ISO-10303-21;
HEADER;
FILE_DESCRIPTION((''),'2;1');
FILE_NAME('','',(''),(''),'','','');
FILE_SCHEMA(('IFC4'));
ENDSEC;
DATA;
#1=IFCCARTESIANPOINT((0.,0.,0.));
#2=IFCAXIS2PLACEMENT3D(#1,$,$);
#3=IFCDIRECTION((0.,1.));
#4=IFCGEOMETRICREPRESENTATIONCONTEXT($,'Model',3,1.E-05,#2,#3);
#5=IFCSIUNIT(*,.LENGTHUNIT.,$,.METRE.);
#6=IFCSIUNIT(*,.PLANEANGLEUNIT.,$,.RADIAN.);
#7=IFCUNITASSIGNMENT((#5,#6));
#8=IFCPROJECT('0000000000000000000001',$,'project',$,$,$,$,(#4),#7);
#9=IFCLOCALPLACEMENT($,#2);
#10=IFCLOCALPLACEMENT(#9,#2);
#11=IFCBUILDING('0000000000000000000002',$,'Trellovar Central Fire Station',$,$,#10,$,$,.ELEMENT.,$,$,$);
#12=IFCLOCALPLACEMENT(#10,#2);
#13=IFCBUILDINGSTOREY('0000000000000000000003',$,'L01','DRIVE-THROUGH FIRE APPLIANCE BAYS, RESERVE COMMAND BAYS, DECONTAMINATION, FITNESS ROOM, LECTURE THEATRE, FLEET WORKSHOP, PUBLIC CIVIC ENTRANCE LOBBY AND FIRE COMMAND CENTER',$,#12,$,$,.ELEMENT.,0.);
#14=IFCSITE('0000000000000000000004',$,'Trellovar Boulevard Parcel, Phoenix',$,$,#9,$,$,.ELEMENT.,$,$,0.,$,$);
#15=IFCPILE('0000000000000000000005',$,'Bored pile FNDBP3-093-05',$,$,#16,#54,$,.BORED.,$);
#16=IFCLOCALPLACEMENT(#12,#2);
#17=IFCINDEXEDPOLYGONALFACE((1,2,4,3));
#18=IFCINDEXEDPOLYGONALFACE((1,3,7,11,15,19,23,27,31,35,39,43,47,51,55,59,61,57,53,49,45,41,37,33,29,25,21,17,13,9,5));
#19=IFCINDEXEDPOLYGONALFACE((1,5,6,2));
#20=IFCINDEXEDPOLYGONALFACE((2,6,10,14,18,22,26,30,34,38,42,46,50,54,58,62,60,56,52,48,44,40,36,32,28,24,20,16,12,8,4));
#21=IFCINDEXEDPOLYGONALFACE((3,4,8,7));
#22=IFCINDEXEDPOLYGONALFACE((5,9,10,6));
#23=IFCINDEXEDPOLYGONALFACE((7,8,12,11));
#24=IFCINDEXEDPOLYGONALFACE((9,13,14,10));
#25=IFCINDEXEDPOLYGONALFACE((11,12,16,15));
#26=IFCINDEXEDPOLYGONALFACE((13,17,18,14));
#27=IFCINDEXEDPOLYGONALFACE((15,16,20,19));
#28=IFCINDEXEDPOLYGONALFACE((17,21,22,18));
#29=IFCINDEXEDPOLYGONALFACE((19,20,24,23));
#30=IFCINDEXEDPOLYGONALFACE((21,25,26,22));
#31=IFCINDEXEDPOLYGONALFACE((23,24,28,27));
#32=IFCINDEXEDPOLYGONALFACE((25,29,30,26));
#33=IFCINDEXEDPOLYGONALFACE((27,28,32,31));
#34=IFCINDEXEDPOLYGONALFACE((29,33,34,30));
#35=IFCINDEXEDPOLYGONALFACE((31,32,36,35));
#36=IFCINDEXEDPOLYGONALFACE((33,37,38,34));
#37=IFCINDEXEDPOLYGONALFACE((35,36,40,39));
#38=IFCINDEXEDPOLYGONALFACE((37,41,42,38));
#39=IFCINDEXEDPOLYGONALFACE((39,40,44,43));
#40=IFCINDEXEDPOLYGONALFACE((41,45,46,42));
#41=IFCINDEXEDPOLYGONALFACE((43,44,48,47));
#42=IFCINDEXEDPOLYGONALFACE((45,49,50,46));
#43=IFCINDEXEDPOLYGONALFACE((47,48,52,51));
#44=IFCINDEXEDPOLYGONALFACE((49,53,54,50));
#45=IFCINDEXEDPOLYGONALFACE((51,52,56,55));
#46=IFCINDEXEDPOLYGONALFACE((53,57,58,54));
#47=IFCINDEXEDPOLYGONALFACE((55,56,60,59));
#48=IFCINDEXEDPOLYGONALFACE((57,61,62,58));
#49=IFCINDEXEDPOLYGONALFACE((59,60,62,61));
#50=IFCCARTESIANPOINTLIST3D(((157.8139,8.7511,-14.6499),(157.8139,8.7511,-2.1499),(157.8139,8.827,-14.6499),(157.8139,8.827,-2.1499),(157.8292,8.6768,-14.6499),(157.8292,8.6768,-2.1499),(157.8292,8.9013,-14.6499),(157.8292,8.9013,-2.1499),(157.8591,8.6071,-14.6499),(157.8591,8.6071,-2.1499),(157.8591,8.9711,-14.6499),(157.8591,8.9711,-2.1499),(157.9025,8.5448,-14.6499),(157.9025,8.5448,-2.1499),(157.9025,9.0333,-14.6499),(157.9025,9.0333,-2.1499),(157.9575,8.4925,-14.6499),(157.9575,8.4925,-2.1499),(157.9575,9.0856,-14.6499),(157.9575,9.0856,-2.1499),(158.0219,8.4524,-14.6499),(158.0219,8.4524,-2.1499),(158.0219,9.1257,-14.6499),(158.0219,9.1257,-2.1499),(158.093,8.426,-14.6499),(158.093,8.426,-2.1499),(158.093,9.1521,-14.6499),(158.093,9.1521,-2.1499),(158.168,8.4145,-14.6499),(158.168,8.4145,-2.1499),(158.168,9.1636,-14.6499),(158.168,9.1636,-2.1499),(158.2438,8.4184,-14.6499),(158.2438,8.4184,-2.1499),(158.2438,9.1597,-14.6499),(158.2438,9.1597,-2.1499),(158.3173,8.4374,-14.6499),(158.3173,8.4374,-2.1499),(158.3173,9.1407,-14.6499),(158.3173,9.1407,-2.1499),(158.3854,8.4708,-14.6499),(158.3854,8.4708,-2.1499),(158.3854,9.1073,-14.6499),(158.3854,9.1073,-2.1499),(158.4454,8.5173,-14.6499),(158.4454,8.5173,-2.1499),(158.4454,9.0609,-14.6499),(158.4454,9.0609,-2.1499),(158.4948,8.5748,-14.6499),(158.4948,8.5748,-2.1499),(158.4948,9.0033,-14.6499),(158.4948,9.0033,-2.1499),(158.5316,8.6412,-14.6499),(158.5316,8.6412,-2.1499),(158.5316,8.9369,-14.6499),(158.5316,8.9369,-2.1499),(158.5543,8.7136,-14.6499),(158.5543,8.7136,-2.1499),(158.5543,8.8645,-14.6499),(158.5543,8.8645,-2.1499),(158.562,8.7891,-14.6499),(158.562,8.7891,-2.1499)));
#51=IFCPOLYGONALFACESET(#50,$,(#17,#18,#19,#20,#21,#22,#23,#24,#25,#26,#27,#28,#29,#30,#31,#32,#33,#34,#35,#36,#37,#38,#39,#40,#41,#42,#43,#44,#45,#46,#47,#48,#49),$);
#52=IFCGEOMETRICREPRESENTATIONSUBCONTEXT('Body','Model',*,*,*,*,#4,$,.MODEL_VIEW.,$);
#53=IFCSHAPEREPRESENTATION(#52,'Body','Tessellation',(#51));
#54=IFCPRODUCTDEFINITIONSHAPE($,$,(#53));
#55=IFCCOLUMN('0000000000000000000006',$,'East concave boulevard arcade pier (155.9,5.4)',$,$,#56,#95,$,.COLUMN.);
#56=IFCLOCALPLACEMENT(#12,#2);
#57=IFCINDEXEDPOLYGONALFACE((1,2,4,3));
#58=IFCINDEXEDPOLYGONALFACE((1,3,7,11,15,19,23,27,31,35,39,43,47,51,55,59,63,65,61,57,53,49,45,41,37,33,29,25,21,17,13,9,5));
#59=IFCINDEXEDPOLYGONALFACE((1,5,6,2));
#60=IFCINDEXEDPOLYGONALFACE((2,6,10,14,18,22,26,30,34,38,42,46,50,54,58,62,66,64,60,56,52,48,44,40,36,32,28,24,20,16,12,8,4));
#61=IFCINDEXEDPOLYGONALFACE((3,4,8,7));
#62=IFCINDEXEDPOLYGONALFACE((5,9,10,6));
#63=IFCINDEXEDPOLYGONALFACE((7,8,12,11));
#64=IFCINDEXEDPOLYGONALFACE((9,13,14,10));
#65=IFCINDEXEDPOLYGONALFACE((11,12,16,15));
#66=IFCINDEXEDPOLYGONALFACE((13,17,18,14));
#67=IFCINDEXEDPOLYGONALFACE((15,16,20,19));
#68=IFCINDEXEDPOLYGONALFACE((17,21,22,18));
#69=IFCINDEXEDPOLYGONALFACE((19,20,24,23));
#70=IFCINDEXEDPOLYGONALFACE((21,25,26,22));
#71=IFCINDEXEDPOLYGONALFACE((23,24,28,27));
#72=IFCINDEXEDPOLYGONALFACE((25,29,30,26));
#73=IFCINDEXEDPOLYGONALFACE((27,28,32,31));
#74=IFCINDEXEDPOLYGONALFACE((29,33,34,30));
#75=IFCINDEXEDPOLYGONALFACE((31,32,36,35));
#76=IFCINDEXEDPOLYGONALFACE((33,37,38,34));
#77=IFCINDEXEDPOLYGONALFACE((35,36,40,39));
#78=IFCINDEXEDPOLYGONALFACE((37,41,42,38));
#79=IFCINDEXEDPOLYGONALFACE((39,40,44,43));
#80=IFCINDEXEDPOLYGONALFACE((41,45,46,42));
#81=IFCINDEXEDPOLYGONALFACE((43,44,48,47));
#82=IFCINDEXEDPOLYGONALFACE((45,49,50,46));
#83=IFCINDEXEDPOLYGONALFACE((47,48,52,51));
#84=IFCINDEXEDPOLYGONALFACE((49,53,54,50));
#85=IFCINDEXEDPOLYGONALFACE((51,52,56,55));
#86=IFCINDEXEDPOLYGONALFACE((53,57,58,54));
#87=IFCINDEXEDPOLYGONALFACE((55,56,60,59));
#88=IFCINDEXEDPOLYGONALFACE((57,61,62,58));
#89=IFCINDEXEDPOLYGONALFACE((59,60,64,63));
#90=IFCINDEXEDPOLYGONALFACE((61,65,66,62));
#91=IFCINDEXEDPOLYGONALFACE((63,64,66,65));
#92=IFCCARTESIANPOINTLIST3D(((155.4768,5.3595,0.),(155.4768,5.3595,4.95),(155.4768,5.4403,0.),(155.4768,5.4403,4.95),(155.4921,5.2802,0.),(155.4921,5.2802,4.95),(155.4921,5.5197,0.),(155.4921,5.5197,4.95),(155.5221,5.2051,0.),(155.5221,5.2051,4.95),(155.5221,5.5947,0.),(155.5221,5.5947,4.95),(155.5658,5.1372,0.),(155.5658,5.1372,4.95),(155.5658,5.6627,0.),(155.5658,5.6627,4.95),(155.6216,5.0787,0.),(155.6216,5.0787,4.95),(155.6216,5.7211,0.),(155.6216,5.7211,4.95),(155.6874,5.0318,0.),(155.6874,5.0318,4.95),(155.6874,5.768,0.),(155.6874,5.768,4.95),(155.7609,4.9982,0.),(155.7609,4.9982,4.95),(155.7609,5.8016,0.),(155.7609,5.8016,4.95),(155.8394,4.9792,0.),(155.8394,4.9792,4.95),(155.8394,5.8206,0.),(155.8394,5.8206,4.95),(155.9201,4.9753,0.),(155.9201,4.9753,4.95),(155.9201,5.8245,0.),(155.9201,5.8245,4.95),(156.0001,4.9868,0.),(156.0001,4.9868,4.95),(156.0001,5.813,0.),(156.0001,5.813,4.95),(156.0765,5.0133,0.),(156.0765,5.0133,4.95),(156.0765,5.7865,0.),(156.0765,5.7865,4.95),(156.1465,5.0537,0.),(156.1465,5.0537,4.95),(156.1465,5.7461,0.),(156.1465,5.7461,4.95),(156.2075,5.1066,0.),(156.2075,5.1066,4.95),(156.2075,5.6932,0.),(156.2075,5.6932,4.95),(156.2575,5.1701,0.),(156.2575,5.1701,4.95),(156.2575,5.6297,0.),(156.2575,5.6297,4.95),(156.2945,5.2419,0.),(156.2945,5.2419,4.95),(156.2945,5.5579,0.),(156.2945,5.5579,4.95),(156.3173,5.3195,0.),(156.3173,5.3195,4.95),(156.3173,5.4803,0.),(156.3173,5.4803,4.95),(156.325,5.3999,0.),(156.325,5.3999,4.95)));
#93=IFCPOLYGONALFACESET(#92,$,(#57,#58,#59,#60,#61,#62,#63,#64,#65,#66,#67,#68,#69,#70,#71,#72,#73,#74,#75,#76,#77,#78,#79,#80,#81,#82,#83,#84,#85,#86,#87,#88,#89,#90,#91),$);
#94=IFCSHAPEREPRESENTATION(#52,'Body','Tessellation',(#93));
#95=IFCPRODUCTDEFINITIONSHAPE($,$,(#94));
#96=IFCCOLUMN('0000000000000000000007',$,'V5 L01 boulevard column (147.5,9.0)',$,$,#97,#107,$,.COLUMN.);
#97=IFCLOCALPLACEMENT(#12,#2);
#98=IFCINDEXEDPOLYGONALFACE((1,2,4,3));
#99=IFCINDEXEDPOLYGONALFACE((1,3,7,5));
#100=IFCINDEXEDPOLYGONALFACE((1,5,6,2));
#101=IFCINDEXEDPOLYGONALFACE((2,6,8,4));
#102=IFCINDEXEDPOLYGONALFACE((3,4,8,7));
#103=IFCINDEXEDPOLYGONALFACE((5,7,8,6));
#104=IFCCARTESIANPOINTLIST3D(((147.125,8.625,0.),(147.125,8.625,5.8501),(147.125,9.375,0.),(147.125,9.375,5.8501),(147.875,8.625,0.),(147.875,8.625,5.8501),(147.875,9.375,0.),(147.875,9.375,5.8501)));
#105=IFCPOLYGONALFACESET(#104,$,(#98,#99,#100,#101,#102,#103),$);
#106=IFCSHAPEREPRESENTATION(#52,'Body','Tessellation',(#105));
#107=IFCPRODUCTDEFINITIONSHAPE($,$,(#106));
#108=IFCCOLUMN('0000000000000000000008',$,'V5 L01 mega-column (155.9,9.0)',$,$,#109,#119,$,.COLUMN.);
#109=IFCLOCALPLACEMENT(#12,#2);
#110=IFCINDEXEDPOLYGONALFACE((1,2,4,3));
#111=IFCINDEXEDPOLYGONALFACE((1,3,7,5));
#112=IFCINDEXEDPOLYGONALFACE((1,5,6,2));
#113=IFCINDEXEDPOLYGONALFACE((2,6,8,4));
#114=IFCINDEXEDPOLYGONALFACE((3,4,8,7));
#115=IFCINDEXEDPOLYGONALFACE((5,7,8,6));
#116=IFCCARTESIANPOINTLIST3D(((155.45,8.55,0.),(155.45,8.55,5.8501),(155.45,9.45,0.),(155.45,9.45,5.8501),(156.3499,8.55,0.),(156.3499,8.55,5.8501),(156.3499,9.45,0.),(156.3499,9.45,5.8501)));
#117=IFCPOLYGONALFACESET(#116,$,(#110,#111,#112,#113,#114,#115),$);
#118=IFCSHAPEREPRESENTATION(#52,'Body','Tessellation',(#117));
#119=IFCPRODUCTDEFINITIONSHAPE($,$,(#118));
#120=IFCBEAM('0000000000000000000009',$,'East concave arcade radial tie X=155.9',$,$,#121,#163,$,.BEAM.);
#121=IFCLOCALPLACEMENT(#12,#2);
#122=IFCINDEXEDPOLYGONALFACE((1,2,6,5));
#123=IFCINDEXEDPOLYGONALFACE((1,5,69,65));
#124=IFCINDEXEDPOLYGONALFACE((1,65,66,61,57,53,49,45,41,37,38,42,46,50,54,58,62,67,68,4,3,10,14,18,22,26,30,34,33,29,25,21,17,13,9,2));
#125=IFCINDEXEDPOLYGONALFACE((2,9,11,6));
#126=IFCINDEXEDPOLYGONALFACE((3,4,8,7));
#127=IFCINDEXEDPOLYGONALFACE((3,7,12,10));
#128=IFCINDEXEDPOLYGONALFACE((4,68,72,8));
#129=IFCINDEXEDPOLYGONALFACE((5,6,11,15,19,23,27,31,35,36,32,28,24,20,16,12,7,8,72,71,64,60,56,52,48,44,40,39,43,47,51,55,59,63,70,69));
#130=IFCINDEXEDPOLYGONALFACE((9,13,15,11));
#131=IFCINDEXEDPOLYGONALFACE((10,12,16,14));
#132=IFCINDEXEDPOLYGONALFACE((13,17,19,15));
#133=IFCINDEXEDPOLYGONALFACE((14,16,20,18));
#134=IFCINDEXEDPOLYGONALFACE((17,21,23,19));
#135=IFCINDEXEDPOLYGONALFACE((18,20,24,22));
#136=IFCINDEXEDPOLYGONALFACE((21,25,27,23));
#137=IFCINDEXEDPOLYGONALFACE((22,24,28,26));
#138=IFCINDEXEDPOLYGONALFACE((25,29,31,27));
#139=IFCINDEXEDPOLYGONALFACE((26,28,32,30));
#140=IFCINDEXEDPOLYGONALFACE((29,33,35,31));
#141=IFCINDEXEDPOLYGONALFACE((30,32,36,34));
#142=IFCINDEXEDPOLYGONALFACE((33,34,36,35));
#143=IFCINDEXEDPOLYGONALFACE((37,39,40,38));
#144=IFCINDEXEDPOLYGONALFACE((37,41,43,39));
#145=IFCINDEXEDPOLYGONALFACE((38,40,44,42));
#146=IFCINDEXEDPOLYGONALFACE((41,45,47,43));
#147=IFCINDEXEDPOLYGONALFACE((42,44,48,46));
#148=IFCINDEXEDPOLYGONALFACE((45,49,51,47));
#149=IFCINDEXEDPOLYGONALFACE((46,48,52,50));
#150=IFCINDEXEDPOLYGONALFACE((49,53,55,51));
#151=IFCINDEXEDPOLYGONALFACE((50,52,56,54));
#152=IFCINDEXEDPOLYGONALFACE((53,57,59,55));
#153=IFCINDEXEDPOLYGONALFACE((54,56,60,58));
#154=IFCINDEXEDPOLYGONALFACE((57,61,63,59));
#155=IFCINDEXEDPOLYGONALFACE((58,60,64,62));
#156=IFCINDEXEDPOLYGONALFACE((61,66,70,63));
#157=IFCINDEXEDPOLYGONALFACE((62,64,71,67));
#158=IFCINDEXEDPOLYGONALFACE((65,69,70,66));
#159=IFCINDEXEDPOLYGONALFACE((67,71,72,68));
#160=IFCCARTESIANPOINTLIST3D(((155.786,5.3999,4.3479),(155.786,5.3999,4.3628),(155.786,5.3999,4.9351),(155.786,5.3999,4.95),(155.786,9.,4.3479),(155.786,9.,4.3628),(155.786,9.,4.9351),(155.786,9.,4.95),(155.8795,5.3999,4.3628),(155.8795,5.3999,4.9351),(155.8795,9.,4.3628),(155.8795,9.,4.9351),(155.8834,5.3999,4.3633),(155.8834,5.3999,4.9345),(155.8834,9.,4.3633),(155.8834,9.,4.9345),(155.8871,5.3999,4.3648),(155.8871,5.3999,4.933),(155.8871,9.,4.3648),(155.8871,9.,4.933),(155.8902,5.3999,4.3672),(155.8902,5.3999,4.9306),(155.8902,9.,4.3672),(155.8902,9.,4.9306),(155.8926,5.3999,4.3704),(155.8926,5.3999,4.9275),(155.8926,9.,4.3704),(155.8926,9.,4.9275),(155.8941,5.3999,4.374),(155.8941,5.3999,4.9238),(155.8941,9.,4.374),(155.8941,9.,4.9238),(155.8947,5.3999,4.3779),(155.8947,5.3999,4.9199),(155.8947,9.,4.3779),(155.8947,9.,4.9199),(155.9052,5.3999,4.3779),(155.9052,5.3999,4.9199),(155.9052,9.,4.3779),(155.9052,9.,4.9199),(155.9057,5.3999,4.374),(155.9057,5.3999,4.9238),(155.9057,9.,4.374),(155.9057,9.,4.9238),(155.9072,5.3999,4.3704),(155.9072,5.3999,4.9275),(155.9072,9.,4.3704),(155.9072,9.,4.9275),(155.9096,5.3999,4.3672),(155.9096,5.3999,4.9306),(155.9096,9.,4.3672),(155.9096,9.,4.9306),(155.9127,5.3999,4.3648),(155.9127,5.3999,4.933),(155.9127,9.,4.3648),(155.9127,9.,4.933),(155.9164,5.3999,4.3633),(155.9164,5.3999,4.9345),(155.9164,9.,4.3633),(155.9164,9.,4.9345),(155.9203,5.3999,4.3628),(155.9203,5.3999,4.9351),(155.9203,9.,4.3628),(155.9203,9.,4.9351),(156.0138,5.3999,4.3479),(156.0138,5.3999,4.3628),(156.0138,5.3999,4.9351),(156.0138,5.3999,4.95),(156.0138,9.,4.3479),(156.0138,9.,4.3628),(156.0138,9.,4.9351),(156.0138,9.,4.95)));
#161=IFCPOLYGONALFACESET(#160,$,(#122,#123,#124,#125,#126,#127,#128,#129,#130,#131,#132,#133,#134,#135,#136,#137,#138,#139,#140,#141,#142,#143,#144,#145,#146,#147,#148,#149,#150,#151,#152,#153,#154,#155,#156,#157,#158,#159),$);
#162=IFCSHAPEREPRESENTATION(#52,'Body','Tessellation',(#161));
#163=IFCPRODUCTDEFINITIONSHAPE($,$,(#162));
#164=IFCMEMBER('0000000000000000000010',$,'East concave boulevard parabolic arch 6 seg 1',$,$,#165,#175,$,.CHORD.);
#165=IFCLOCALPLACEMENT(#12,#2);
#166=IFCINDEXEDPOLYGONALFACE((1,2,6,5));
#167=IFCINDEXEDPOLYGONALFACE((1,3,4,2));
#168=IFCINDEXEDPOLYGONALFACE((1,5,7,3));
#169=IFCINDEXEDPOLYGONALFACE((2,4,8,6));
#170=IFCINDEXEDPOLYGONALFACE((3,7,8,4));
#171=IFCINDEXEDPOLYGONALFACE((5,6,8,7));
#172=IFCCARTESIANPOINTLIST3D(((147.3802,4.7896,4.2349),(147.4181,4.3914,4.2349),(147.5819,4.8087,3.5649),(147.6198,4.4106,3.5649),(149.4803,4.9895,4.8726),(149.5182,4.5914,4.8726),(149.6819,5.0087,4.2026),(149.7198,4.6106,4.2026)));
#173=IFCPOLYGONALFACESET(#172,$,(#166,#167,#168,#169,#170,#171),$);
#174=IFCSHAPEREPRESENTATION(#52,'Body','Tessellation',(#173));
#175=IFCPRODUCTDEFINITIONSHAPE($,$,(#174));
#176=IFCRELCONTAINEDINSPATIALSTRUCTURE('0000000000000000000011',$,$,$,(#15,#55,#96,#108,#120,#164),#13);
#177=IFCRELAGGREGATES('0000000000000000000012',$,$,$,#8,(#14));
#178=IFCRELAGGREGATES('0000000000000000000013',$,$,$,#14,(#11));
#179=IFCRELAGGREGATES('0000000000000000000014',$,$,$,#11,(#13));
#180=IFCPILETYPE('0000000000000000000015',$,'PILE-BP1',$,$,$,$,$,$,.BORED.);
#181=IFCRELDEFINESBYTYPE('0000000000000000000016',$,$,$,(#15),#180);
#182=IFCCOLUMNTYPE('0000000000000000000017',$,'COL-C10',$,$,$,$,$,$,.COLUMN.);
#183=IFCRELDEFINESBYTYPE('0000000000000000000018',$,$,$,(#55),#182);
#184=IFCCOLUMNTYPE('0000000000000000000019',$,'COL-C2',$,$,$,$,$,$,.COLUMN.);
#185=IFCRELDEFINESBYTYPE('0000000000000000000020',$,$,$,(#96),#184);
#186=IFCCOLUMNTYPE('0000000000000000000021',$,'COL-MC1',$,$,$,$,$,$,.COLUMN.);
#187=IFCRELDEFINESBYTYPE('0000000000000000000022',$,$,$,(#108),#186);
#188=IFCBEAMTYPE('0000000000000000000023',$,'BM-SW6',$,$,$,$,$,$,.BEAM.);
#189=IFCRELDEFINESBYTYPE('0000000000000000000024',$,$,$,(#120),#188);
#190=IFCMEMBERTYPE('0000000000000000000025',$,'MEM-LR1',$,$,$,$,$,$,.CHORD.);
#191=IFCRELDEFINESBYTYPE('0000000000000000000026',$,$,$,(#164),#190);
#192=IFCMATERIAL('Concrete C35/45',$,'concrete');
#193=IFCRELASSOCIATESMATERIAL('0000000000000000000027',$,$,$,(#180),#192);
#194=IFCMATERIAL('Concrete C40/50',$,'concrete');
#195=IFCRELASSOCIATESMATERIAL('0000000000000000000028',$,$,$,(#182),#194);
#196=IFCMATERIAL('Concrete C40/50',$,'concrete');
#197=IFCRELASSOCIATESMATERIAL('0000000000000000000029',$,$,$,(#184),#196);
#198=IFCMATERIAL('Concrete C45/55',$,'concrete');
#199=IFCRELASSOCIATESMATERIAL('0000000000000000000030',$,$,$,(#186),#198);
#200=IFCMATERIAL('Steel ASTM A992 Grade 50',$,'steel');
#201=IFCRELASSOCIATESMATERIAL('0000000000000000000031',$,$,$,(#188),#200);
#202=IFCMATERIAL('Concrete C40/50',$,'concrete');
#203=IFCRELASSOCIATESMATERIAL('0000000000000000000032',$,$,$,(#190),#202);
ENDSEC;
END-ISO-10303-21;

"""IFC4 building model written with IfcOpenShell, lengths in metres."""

from ifc_helpers import new_model, si_unit, direction, frame, origin, origin_2d, place, context, subcontext, project, spatial, rectangle, circle, i_section, extrude, material, material_profile, profile_set, type_object, element, save


model = new_model("IFC4")

# Units and contexts
model_context = context("Model", 3, precision=1e-05, world=origin(), true_north=direction((0.0, 1.0)))
body_context = subcontext(model_context, "Body", "Model", "MODEL_VIEW")
ifc_project = project(units=[si_unit("LENGTHUNIT", "METRE"), si_unit("PLANEANGLEUNIT", "RADIAN")], contexts=[model_context])

# Site, building, storey
site_placement = place(None, origin())
site = spatial("IfcSite", under=ifc_project, at=site_placement, Name="Trellovar Boulevard Parcel, Phoenix", CompositionType="ELEMENT", RefElevation=0.0)
building_placement = place(site_placement, origin())
building = spatial("IfcBuilding", under=site, at=building_placement, Name="Trellovar Central Fire Station", CompositionType="ELEMENT")
storey_placement = place(building_placement, origin())
storey = spatial("IfcBuildingStorey", under=building, at=storey_placement, Name="L01", Description="DRIVE-THROUGH FIRE APPLIANCE BAYS, RESERVE COMMAND BAYS, DECONTAMINATION, FITNESS ROOM, LECTURE THEATRE, FLEET WORKSHOP, PUBLIC CIVIC ENTRANCE LOBBY AND FIRE COMMAND CENTER", CompositionType="ELEMENT", Elevation=0.0)

# Pile
ifc_material_1 = material(Name="Concrete C35/45", Category="concrete")
ifc_material_profile_1 = material_profile(ifc_material_1, circle(Radius=0.375, at=origin_2d()), Name="PILE750")
ifc_profile_set_1 = profile_set([ifc_material_profile_1], Name="Concrete C35/45")
pile_type = type_object("IfcPileType", Name="PILE-BP1", PredefinedType="BORED", material=ifc_profile_set_1)
for number, where, z_axis, x_axis, name in (
    (1, (158.187, 8.7891, -2.1499), (0.0, 0.0, -1.0), (1.0, 0.0, 0.0), "Bored pile FNDBP3-093-05"),
):
    element("IfcPile", number, at=place(storey_placement, frame(where, z_axis=z_axis, x_axis=x_axis)), inside=storey, type_object=pile_type, Name=name, PredefinedType="BORED", context=body_context, shape_type="SweptSolid", body=[
        extrude(circle(Radius=0.375, at=origin_2d()), origin(), (0.0, 0.0, 1.0), 12.5),
    ])

# Columns
ifc_material_2 = material(Name="Concrete C40/50", Category="concrete")
ifc_material_profile_2 = material_profile(ifc_material_2, circle(Radius=0.425, at=origin_2d()), Name="RCD850")
ifc_profile_set_2 = profile_set([ifc_material_profile_2], Name="Concrete C40/50")
column_type_1 = type_object("IfcColumnType", Name="COL-C10", PredefinedType="COLUMN", material=ifc_profile_set_2)
column_1_placement = place(storey_placement, frame((155.8999, 5.3999, 0.0), z_axis=(0.0, 0.0, 1.0), x_axis=(1.0, 0.0, 0.0)))
element("IfcColumn", 2, at=column_1_placement, inside=storey, type_object=column_type_1, Name="East concave boulevard arcade pier (155.9,5.4)", PredefinedType="COLUMN", context=body_context, shape_type="SweptSolid", body=[
    extrude(circle(Radius=0.425, at=origin_2d()), origin(), (0.0, 0.0, 1.0), 4.95),
])
ifc_material_3 = material(Name="Concrete C40/50", Category="concrete")
ifc_material_profile_3 = material_profile(ifc_material_3, rectangle(XDim=0.75, YDim=0.75, at=origin_2d()), Name="RC750X750")
ifc_profile_set_3 = profile_set([ifc_material_profile_3], Name="Concrete C40/50")
column_type_2 = type_object("IfcColumnType", Name="COL-C2", PredefinedType="COLUMN", material=ifc_profile_set_3)
column_2_placement = place(storey_placement, frame((147.5, 9.0, 0.0), z_axis=(0.0, 0.0, 1.0), x_axis=(1.0, 0.0, 0.0)))
element("IfcColumn", 3, at=column_2_placement, inside=storey, type_object=column_type_2, Name="V5 L01 boulevard column (147.5,9.0)", PredefinedType="COLUMN", context=body_context, shape_type="SweptSolid", body=[
    extrude(rectangle(XDim=0.75, YDim=0.75, at=origin_2d()), origin(), (0.0, 0.0, 1.0), 5.8501),
])
ifc_material_4 = material(Name="Concrete C45/55", Category="concrete")
ifc_material_profile_4 = material_profile(ifc_material_4, rectangle(XDim=0.8999, YDim=0.8999, at=origin_2d()), Name="RC900X900")
ifc_profile_set_4 = profile_set([ifc_material_profile_4], Name="Concrete C45/55")
column_type_3 = type_object("IfcColumnType", Name="COL-MC1", PredefinedType="COLUMN", material=ifc_profile_set_4)
column_3_placement = place(storey_placement, frame((155.8999, 9.0, 0.0), z_axis=(0.0, 0.0, 1.0), x_axis=(1.0, 0.0, 0.0)))
element("IfcColumn", 4, at=column_3_placement, inside=storey, type_object=column_type_3, Name="V5 L01 mega-column (155.9,9.0)", PredefinedType="COLUMN", context=body_context, shape_type="SweptSolid", body=[
    extrude(rectangle(XDim=0.8999, YDim=0.8999, at=origin_2d()), origin(), (0.0, 0.0, 1.0), 5.8501),
])

# Beam
ifc_material_5 = material(Name="Steel ASTM A992 Grade 50", Category="steel")
ifc_material_profile_5 = material_profile(ifc_material_5, i_section(OverallWidth=0.2278, OverallDepth=0.6021, WebThickness=0.0105, FlangeThickness=0.0149, FilletRadius=0.0151, at=origin_2d()), Name="W24X68")
ifc_profile_set_5 = profile_set([ifc_material_profile_5], Name="Steel ASTM A992 Grade 50")
beam_type = type_object("IfcBeamType", Name="BM-SW6", PredefinedType="BEAM", material=ifc_profile_set_5)
beam_placement = place(storey_placement, frame((155.8999, 5.3999, 4.6489), z_axis=(0.0, 1.0, 0.0), x_axis=(-1.0, 0.0, 0.0)))
element("IfcBeam", 5, at=beam_placement, inside=storey, type_object=beam_type, Name="East concave arcade radial tie X=155.9", PredefinedType="BEAM", context=body_context, shape_type="SweptSolid", body=[
    extrude(i_section(OverallWidth=0.2278, OverallDepth=0.6021, WebThickness=0.0105, FlangeThickness=0.0149, FilletRadius=0.0151, at=origin_2d()), origin(), (0.0, 0.0, 1.0), 3.6001),
])

# Member
ifc_material_6 = material(Name="Concrete C40/50", Category="concrete")
ifc_material_profile_6 = material_profile(ifc_material_6, rectangle(XDim=0.3999, YDim=0.7, at=origin_2d()), Name="RC400X700")
ifc_profile_set_6 = profile_set([ifc_material_profile_6], Name="Concrete C40/50")
member_type_1 = type_object("IfcMemberType", Name="MEM-LR1", PredefinedType="CHORD", material=ifc_profile_set_6)
member_1_placement = place(storey_placement, frame((147.5, 4.6001, 3.8999), z_axis=(0.952913, 0.090727, 0.289352), x_axis=(-0.094782, 0.995498, 0.0)))
element("IfcMember", 6, at=member_1_placement, inside=storey, type_object=member_type_1, Name="East concave boulevard parabolic arch 6 seg 1", PredefinedType="CHORD", context=body_context, shape_type="SweptSolid", body=[
    extrude(rectangle(XDim=0.3999, YDim=0.7, at=origin_2d()), origin(), (0.0, 0.0, 1.0), 2.2039),
])

save(model, "model.ifc")
